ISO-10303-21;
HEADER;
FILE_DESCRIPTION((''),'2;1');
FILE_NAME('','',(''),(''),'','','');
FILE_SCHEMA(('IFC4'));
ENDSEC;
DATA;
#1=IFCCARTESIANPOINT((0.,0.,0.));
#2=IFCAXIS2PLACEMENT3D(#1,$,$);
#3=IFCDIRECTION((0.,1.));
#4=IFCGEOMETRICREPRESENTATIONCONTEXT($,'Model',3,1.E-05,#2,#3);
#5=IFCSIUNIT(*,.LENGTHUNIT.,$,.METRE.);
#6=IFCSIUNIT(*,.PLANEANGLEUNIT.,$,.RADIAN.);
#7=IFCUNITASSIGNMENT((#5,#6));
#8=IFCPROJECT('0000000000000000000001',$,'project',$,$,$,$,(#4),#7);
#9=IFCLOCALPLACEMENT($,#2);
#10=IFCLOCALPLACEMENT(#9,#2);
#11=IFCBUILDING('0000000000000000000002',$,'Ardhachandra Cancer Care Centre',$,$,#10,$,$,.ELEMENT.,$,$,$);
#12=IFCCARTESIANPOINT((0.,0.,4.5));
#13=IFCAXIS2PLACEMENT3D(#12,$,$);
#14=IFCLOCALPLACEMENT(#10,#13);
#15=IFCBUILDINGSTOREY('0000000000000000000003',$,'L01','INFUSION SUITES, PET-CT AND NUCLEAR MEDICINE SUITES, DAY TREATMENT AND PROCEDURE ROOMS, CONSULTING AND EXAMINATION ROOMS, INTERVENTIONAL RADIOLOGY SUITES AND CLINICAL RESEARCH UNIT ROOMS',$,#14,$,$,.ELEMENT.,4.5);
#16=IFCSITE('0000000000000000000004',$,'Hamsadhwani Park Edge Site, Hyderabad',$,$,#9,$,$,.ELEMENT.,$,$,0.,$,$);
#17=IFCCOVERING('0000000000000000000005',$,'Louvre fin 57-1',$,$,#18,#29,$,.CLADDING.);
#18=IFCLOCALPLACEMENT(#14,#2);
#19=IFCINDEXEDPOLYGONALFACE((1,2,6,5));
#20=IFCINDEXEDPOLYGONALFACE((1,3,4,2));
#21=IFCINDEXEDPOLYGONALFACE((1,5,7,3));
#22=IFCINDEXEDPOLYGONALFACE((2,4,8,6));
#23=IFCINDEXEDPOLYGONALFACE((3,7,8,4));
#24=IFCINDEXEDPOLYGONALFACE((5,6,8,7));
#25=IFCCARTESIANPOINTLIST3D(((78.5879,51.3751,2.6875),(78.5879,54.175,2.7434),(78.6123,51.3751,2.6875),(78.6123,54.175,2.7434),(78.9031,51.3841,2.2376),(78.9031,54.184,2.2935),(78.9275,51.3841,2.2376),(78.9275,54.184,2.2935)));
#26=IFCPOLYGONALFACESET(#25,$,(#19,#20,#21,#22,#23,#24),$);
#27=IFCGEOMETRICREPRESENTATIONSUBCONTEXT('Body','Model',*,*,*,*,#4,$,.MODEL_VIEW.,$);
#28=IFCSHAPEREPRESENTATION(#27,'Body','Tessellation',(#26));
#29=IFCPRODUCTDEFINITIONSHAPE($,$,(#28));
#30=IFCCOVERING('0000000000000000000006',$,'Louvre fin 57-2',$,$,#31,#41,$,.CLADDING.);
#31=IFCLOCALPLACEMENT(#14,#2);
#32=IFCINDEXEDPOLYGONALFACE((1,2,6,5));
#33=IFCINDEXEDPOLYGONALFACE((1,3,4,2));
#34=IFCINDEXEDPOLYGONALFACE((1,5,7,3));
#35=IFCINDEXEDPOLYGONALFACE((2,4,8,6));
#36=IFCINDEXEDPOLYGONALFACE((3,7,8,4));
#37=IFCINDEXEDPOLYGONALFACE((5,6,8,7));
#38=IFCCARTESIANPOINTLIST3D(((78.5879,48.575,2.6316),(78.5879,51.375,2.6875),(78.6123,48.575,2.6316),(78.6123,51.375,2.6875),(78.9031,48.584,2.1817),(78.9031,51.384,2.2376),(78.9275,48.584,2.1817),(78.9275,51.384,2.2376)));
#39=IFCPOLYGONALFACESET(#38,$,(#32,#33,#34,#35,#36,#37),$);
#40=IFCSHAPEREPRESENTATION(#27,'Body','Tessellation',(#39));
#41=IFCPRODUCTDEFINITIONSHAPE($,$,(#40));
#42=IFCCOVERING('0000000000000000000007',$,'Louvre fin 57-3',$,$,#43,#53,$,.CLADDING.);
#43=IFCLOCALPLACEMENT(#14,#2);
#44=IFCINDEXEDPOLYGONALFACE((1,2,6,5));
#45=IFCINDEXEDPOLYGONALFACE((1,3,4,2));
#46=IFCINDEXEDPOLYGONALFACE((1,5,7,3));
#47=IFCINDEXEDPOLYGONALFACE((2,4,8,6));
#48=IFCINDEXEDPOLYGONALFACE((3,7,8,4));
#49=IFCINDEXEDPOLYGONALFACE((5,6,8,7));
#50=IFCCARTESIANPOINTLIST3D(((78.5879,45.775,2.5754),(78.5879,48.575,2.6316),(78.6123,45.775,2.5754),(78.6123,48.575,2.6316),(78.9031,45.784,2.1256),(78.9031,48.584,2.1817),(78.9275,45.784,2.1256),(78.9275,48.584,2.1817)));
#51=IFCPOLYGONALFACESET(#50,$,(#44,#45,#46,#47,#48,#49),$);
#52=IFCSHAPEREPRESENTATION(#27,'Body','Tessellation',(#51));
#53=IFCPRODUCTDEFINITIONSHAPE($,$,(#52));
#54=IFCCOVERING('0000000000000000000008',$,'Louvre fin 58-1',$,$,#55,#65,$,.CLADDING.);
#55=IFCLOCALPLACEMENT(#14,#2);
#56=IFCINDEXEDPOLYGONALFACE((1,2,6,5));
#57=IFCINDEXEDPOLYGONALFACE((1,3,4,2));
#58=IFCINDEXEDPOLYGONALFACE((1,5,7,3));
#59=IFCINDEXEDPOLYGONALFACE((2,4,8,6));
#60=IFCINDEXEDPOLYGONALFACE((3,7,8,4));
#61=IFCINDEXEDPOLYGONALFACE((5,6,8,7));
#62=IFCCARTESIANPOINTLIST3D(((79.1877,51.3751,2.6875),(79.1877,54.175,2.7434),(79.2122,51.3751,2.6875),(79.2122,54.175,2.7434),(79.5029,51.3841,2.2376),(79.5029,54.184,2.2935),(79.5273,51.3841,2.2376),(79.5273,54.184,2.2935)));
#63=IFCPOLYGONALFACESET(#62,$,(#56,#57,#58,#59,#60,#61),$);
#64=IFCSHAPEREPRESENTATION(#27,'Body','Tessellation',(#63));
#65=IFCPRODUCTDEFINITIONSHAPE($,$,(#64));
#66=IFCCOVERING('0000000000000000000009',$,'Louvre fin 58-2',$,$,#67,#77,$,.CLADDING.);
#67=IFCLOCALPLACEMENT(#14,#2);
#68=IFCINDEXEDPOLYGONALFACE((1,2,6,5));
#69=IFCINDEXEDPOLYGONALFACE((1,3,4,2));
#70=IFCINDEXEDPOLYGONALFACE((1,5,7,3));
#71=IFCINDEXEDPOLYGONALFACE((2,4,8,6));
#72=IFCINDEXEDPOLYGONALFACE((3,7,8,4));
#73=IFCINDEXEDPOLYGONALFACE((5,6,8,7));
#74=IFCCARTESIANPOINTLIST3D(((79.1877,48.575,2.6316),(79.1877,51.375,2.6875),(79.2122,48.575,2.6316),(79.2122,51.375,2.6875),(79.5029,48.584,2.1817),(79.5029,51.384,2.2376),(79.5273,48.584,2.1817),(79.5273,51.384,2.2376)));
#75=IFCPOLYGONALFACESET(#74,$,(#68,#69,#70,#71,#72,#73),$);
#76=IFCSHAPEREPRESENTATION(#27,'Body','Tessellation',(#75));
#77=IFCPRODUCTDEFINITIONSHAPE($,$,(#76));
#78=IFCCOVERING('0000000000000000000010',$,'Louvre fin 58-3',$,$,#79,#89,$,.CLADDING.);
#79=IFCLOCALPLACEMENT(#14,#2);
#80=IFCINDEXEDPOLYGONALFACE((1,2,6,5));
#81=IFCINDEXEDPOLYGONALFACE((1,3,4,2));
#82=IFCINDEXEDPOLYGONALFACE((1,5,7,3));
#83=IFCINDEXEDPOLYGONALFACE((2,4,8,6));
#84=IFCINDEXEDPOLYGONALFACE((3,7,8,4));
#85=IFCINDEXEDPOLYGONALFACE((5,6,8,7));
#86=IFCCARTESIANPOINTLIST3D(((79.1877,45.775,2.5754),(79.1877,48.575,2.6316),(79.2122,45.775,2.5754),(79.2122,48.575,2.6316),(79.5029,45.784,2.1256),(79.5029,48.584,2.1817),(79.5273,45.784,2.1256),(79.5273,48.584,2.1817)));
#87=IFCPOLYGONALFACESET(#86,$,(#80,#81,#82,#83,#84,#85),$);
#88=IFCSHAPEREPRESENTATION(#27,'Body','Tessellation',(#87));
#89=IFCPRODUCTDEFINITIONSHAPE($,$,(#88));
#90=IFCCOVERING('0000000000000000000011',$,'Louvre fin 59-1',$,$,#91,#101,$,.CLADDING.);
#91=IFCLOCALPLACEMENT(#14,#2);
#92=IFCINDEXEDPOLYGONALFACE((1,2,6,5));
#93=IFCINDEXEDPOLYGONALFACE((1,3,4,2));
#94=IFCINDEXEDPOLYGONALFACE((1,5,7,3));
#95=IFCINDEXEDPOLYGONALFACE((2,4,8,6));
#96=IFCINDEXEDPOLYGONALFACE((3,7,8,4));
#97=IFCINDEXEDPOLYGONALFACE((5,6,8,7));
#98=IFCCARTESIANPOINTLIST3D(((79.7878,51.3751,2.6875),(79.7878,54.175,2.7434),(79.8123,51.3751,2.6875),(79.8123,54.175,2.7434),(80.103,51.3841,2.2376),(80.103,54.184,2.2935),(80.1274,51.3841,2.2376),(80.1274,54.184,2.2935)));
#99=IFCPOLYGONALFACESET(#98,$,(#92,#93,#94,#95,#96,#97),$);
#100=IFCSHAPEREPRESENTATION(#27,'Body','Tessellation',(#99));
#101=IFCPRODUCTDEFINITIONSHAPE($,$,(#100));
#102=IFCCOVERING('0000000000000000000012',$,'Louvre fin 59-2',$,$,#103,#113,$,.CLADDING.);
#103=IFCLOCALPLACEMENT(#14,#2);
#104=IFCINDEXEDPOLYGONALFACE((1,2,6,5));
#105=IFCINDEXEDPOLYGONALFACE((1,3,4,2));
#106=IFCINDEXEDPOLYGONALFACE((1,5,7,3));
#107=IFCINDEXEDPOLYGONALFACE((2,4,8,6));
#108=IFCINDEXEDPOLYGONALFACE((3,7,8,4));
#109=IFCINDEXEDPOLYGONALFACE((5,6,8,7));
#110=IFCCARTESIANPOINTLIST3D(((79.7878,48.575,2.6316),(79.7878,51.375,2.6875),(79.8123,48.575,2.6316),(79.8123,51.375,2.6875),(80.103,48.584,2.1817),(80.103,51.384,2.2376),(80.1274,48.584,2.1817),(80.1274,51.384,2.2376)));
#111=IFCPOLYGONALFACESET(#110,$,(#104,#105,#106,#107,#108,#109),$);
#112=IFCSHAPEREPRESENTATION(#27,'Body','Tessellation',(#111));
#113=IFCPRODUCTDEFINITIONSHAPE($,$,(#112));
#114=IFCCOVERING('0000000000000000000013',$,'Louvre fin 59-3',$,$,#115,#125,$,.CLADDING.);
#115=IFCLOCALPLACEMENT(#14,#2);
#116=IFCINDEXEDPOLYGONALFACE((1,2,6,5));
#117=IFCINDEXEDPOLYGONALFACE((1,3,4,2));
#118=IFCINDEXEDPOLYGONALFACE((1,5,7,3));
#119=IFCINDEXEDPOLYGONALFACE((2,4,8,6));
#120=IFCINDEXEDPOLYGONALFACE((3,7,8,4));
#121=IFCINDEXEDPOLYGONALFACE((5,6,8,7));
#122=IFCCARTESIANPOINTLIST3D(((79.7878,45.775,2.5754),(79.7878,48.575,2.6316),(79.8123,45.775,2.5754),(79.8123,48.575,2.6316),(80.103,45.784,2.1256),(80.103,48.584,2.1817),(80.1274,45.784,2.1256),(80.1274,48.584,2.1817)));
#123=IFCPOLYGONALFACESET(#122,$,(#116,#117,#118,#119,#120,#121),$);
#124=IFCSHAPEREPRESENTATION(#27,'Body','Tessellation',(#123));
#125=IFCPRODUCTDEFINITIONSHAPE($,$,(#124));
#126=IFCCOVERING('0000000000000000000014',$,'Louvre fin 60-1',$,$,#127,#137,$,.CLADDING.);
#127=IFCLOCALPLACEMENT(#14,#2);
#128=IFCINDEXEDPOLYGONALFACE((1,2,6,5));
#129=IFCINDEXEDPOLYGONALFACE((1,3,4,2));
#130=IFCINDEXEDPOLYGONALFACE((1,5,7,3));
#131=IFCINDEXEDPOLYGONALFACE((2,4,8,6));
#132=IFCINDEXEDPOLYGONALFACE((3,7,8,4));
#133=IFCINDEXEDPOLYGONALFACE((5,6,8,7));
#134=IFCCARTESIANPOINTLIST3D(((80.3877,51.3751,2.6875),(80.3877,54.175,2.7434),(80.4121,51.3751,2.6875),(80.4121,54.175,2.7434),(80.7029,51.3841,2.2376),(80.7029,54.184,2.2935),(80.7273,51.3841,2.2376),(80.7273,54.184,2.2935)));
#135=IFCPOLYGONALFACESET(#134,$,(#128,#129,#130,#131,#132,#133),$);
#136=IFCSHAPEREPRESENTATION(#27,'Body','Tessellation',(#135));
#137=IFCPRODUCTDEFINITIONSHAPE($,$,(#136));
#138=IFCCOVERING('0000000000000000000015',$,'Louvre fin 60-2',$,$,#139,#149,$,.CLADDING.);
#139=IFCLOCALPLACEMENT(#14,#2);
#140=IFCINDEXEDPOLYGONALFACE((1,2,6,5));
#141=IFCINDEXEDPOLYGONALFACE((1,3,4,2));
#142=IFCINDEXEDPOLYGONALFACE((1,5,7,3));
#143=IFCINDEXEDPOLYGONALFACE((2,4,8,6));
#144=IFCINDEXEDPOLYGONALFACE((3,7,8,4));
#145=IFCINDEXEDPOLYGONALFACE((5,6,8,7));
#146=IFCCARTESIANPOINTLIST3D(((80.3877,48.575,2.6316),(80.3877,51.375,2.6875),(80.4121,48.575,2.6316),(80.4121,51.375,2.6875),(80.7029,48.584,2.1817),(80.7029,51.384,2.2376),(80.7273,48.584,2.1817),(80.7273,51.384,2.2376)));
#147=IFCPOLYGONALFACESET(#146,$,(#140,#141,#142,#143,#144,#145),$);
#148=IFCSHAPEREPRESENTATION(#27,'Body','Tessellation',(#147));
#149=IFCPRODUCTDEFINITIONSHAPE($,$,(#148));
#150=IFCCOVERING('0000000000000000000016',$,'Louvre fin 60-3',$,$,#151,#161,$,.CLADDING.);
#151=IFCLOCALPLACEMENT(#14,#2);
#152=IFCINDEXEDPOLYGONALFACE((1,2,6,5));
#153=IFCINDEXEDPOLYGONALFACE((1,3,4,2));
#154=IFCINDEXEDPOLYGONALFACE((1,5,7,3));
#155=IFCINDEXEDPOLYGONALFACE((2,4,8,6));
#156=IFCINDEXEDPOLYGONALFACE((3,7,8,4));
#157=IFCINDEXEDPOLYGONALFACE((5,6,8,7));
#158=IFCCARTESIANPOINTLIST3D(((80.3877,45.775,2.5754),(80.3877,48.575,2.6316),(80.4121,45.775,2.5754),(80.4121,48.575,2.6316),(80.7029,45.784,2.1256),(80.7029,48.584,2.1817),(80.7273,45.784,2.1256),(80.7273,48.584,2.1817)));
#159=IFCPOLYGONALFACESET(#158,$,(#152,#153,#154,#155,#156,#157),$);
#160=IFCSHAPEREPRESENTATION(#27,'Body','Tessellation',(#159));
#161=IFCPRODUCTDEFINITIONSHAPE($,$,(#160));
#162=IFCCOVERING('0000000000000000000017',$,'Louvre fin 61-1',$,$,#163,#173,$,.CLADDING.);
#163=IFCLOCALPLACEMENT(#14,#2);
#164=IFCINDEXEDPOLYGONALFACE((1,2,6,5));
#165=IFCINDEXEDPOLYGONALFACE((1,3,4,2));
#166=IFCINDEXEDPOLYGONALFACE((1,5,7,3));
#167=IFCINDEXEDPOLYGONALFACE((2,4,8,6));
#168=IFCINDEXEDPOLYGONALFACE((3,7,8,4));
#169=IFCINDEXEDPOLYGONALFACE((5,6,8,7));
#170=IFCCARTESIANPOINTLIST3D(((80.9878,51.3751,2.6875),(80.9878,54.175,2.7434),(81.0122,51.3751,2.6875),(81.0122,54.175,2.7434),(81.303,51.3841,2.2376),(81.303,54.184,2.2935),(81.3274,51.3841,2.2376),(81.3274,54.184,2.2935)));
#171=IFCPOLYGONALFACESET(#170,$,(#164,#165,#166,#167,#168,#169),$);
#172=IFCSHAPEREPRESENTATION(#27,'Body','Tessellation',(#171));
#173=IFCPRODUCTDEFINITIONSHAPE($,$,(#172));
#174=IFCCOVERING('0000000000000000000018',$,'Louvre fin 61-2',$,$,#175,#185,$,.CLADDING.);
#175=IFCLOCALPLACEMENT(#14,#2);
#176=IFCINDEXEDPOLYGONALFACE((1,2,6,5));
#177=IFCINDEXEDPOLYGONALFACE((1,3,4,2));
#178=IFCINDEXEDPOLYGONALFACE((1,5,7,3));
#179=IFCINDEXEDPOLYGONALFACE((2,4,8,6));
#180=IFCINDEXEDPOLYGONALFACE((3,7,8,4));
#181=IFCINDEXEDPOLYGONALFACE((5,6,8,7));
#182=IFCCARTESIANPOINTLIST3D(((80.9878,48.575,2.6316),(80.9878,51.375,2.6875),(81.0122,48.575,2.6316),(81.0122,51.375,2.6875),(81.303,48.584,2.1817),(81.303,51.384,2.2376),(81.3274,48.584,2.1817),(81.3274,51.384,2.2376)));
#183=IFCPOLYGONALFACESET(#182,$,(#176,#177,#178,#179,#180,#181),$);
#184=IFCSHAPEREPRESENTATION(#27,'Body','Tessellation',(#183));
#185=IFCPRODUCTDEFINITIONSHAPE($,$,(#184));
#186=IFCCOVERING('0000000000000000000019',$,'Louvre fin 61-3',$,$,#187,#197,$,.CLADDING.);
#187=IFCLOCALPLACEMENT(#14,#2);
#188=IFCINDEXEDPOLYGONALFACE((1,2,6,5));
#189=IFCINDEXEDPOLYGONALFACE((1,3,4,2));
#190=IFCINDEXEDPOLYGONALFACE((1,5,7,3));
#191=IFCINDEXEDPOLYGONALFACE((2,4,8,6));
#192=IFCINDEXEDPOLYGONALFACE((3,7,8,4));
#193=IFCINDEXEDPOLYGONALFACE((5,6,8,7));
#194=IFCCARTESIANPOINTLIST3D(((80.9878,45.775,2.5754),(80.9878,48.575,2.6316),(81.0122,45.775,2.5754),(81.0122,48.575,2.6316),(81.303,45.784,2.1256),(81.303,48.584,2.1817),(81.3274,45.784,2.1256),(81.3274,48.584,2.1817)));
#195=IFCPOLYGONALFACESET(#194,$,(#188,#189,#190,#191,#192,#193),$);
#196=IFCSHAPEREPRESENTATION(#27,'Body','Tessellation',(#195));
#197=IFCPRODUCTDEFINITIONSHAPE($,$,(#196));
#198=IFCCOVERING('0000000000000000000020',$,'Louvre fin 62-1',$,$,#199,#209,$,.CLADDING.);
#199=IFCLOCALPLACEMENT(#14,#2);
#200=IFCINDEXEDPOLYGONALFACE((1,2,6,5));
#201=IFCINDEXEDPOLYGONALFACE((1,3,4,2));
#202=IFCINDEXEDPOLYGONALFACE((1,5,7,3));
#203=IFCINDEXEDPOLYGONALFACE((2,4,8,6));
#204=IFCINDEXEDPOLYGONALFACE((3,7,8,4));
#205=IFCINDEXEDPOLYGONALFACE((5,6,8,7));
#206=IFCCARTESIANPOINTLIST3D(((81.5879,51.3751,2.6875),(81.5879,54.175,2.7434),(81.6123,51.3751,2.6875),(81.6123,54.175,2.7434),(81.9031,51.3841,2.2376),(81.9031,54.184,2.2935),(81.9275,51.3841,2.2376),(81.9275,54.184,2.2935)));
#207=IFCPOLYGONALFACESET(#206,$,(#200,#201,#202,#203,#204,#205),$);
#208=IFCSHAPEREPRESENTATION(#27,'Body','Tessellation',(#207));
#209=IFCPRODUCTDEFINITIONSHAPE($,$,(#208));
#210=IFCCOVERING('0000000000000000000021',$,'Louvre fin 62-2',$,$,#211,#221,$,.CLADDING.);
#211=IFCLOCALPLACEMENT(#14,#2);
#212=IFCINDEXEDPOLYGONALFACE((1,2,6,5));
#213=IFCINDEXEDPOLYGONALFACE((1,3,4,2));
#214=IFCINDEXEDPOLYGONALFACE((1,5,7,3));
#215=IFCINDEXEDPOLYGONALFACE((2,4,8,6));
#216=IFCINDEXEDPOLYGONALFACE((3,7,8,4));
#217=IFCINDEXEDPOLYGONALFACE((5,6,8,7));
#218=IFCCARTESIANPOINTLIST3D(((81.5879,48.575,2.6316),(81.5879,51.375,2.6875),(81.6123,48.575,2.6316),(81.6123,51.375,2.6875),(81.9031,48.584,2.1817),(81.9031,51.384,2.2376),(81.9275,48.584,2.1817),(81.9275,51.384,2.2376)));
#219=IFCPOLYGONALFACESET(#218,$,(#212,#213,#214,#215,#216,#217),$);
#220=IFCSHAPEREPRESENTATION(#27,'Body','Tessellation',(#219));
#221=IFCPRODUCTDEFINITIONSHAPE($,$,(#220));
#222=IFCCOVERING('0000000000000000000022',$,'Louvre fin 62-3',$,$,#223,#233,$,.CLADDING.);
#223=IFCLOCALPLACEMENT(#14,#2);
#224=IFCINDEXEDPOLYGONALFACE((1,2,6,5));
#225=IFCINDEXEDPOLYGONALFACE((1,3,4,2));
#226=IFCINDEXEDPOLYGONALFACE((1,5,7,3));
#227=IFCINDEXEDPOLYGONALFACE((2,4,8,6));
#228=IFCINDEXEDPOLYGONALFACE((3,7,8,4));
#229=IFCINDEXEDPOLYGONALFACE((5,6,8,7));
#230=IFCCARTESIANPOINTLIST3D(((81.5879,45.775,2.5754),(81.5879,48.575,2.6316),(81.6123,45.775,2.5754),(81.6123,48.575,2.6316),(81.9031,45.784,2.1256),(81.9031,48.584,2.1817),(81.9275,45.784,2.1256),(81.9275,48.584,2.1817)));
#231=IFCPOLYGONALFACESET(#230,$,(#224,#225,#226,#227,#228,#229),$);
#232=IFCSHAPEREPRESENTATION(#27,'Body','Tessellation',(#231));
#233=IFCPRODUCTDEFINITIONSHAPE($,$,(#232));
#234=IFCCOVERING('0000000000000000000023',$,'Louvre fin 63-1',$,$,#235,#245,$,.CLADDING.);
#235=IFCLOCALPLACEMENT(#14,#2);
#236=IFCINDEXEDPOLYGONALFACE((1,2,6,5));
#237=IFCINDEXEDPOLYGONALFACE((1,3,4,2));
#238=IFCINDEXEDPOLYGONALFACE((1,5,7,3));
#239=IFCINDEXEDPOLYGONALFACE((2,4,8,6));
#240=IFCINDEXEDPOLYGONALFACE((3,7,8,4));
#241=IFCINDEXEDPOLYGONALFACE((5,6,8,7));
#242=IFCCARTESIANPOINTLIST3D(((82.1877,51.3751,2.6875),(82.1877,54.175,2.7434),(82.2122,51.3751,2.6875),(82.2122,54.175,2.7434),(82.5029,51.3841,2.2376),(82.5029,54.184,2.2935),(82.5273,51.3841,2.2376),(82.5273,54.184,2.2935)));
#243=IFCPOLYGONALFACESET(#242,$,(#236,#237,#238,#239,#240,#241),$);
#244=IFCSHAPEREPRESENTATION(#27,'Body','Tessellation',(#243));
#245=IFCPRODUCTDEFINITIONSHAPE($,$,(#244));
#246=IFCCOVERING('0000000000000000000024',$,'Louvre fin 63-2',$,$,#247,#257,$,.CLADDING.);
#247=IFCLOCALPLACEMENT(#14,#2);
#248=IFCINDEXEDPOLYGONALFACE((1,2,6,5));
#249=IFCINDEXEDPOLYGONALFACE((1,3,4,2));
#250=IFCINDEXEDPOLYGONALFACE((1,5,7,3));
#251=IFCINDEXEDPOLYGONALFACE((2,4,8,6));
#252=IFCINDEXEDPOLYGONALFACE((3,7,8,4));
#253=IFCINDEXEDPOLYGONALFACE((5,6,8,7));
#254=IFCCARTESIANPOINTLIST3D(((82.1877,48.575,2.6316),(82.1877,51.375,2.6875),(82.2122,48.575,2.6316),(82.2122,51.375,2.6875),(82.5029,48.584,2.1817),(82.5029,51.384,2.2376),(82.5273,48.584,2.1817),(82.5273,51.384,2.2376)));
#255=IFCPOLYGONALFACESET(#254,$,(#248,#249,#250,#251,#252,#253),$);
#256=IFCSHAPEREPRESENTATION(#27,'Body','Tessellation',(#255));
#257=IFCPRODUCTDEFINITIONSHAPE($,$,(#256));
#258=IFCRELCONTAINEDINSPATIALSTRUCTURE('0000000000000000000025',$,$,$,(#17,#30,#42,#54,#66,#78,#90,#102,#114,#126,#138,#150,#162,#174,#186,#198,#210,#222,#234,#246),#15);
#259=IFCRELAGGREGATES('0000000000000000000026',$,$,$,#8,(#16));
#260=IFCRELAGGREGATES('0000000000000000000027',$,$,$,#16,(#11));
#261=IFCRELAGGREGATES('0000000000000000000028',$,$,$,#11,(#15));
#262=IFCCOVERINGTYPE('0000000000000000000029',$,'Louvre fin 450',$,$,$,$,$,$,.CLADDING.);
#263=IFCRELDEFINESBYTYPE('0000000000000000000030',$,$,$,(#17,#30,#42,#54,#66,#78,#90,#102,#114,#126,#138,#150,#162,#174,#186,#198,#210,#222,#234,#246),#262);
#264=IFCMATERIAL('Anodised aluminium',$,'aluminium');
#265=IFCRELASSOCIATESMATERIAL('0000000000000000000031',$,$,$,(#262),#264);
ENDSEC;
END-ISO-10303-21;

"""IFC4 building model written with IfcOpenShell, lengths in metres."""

from ifc_helpers import new_model, si_unit, direction, frame, origin, place, context, subcontext, project, spatial, polyline, outline, extrude, material, material_profile, profile_set, type_object, element, save


model = new_model("IFC4")

# Units and contexts
model_context = context("Model", 3, precision=1e-05, world=origin(), true_north=direction((0.0, 1.0)))
body_context = subcontext(model_context, "Body", "Model", "MODEL_VIEW")
ifc_project = project(units=[si_unit("LENGTHUNIT", "METRE"), si_unit("PLANEANGLEUNIT", "RADIAN")], contexts=[model_context])

# Site, building, storey
site_placement = place(None, origin())
site = spatial("IfcSite", under=ifc_project, at=site_placement, Name="Hamsadhwani Park Edge Site, Hyderabad", CompositionType="ELEMENT", RefElevation=0.0)
building_placement = place(site_placement, origin())
building = spatial("IfcBuilding", under=site, at=building_placement, Name="Ardhachandra Cancer Care Centre", CompositionType="ELEMENT")
storey_placement = place(building_placement, frame((0.0, 0.0, 4.5)))
storey = spatial("IfcBuildingStorey", under=building, at=storey_placement, Name="L01", Description="INFUSION SUITES, PET-CT AND NUCLEAR MEDICINE SUITES, DAY TREATMENT AND PROCEDURE ROOMS, CONSULTING AND EXAMINATION ROOMS, INTERVENTIONAL RADIOLOGY SUITES AND CLINICAL RESEARCH UNIT ROOMS", CompositionType="ELEMENT", Elevation=4.5)

# Coverings
ifc_material_1 = material(Name="Anodised aluminium", Category="aluminium")
ifc_material_profile_1 = material_profile(ifc_material_1, outline(polyline([(-0.0122, 0.0), (0.0122, 0.0), (0.3274, -0.45), (0.303, -0.45), (-0.0122, 0.0)])), Name="Louvre fin 450")
ifc_profile_set_1 = profile_set([ifc_material_profile_1], Name="Anodised aluminium")
covering_type = type_object("IfcCoveringType", Name="Louvre fin 450", PredefinedType="CLADDING", material=ifc_profile_set_1)
for number, where, z_axis, x_axis, name in (
    (1, (78.6001, 54.175, 2.7434), (0.0, -0.999801, -0.019963), (1.0, 0.0, 0.0), "Louvre fin 57-1"),
    (2, (78.6001, 51.375, 2.6875), (0.0, -0.999801, -0.019963), (1.0, 0.0, 0.0), "Louvre fin 57-2"),
    (3, (78.6001, 48.575, 2.6316), (0.0, -0.999799, -0.02005), (1.0, 0.0, 0.0), "Louvre fin 57-3"),
    (4, (79.2, 54.175, 2.7434), (0.0, -0.999801, -0.019963), (1.0, 0.0, 0.0), "Louvre fin 58-1"),
    (5, (79.2, 51.375, 2.6875), (0.0, -0.999801, -0.019963), (1.0, 0.0, 0.0), "Louvre fin 58-2"),
    (6, (79.2, 48.575, 2.6316), (0.0, -0.999799, -0.02005), (1.0, 0.0, 0.0), "Louvre fin 58-3"),
    (7, (79.8, 54.175, 2.7434), (0.0, -0.999801, -0.019963), (1.0, 0.0, 0.0), "Louvre fin 59-1"),
    (8, (79.8, 51.375, 2.6875), (0.0, -0.999801, -0.019963), (1.0, 0.0, 0.0), "Louvre fin 59-2"),
    (9, (79.8, 48.575, 2.6316), (0.0, -0.999799, -0.02005), (1.0, 0.0, 0.0), "Louvre fin 59-3"),
    (10, (80.3999, 54.175, 2.7434), (0.0, -0.999801, -0.019963), (1.0, 0.0, 0.0), "Louvre fin 60-1"),
    (11, (80.3999, 51.375, 2.6875), (0.0, -0.999801, -0.019963), (1.0, 0.0, 0.0), "Louvre fin 60-2"),
    (12, (80.3999, 48.575, 2.6316), (0.0, -0.999799, -0.02005), (1.0, 0.0, 0.0), "Louvre fin 60-3"),
    (13, (81.0, 54.175, 2.7434), (0.0, -0.999801, -0.019963), (1.0, 0.0, 0.0), "Louvre fin 61-1"),
    (14, (81.0, 51.375, 2.6875), (0.0, -0.999801, -0.019963), (1.0, 0.0, 0.0), "Louvre fin 61-2"),
    (15, (81.0, 48.575, 2.6316), (0.0, -0.999799, -0.02005), (1.0, 0.0, 0.0), "Louvre fin 61-3"),
    (16, (81.6001, 54.175, 2.7434), (0.0, -0.999801, -0.019963), (1.0, 0.0, 0.0), "Louvre fin 62-1"),
    (17, (81.6001, 51.375, 2.6875), (0.0, -0.999801, -0.019963), (1.0, 0.0, 0.0), "Louvre fin 62-2"),
    (18, (81.6001, 48.575, 2.6316), (0.0, -0.999799, -0.02005), (1.0, 0.0, 0.0), "Louvre fin 62-3"),
    (19, (82.2, 54.175, 2.7434), (0.0, -0.999801, -0.019963), (1.0, 0.0, 0.0), "Louvre fin 63-1"),
    (20, (82.2, 51.375, 2.6875), (0.0, -0.999801, -0.019963), (1.0, 0.0, 0.0), "Louvre fin 63-2"),
):
    element("IfcCovering", number, at=place(storey_placement, frame(where, z_axis=z_axis, x_axis=x_axis)), inside=storey, type_object=covering_type, Name=name, PredefinedType="CLADDING", context=body_context, shape_type="SweptSolid", body=[
        extrude(outline(polyline([(-0.0122, 0.0), (0.0122, 0.0), (0.3274, -0.45), (0.303, -0.45), (-0.0122, 0.0)])), origin(), (0.0, 0.0, 1.0), 2.8005),
    ])

save(model, "model.ifc")
